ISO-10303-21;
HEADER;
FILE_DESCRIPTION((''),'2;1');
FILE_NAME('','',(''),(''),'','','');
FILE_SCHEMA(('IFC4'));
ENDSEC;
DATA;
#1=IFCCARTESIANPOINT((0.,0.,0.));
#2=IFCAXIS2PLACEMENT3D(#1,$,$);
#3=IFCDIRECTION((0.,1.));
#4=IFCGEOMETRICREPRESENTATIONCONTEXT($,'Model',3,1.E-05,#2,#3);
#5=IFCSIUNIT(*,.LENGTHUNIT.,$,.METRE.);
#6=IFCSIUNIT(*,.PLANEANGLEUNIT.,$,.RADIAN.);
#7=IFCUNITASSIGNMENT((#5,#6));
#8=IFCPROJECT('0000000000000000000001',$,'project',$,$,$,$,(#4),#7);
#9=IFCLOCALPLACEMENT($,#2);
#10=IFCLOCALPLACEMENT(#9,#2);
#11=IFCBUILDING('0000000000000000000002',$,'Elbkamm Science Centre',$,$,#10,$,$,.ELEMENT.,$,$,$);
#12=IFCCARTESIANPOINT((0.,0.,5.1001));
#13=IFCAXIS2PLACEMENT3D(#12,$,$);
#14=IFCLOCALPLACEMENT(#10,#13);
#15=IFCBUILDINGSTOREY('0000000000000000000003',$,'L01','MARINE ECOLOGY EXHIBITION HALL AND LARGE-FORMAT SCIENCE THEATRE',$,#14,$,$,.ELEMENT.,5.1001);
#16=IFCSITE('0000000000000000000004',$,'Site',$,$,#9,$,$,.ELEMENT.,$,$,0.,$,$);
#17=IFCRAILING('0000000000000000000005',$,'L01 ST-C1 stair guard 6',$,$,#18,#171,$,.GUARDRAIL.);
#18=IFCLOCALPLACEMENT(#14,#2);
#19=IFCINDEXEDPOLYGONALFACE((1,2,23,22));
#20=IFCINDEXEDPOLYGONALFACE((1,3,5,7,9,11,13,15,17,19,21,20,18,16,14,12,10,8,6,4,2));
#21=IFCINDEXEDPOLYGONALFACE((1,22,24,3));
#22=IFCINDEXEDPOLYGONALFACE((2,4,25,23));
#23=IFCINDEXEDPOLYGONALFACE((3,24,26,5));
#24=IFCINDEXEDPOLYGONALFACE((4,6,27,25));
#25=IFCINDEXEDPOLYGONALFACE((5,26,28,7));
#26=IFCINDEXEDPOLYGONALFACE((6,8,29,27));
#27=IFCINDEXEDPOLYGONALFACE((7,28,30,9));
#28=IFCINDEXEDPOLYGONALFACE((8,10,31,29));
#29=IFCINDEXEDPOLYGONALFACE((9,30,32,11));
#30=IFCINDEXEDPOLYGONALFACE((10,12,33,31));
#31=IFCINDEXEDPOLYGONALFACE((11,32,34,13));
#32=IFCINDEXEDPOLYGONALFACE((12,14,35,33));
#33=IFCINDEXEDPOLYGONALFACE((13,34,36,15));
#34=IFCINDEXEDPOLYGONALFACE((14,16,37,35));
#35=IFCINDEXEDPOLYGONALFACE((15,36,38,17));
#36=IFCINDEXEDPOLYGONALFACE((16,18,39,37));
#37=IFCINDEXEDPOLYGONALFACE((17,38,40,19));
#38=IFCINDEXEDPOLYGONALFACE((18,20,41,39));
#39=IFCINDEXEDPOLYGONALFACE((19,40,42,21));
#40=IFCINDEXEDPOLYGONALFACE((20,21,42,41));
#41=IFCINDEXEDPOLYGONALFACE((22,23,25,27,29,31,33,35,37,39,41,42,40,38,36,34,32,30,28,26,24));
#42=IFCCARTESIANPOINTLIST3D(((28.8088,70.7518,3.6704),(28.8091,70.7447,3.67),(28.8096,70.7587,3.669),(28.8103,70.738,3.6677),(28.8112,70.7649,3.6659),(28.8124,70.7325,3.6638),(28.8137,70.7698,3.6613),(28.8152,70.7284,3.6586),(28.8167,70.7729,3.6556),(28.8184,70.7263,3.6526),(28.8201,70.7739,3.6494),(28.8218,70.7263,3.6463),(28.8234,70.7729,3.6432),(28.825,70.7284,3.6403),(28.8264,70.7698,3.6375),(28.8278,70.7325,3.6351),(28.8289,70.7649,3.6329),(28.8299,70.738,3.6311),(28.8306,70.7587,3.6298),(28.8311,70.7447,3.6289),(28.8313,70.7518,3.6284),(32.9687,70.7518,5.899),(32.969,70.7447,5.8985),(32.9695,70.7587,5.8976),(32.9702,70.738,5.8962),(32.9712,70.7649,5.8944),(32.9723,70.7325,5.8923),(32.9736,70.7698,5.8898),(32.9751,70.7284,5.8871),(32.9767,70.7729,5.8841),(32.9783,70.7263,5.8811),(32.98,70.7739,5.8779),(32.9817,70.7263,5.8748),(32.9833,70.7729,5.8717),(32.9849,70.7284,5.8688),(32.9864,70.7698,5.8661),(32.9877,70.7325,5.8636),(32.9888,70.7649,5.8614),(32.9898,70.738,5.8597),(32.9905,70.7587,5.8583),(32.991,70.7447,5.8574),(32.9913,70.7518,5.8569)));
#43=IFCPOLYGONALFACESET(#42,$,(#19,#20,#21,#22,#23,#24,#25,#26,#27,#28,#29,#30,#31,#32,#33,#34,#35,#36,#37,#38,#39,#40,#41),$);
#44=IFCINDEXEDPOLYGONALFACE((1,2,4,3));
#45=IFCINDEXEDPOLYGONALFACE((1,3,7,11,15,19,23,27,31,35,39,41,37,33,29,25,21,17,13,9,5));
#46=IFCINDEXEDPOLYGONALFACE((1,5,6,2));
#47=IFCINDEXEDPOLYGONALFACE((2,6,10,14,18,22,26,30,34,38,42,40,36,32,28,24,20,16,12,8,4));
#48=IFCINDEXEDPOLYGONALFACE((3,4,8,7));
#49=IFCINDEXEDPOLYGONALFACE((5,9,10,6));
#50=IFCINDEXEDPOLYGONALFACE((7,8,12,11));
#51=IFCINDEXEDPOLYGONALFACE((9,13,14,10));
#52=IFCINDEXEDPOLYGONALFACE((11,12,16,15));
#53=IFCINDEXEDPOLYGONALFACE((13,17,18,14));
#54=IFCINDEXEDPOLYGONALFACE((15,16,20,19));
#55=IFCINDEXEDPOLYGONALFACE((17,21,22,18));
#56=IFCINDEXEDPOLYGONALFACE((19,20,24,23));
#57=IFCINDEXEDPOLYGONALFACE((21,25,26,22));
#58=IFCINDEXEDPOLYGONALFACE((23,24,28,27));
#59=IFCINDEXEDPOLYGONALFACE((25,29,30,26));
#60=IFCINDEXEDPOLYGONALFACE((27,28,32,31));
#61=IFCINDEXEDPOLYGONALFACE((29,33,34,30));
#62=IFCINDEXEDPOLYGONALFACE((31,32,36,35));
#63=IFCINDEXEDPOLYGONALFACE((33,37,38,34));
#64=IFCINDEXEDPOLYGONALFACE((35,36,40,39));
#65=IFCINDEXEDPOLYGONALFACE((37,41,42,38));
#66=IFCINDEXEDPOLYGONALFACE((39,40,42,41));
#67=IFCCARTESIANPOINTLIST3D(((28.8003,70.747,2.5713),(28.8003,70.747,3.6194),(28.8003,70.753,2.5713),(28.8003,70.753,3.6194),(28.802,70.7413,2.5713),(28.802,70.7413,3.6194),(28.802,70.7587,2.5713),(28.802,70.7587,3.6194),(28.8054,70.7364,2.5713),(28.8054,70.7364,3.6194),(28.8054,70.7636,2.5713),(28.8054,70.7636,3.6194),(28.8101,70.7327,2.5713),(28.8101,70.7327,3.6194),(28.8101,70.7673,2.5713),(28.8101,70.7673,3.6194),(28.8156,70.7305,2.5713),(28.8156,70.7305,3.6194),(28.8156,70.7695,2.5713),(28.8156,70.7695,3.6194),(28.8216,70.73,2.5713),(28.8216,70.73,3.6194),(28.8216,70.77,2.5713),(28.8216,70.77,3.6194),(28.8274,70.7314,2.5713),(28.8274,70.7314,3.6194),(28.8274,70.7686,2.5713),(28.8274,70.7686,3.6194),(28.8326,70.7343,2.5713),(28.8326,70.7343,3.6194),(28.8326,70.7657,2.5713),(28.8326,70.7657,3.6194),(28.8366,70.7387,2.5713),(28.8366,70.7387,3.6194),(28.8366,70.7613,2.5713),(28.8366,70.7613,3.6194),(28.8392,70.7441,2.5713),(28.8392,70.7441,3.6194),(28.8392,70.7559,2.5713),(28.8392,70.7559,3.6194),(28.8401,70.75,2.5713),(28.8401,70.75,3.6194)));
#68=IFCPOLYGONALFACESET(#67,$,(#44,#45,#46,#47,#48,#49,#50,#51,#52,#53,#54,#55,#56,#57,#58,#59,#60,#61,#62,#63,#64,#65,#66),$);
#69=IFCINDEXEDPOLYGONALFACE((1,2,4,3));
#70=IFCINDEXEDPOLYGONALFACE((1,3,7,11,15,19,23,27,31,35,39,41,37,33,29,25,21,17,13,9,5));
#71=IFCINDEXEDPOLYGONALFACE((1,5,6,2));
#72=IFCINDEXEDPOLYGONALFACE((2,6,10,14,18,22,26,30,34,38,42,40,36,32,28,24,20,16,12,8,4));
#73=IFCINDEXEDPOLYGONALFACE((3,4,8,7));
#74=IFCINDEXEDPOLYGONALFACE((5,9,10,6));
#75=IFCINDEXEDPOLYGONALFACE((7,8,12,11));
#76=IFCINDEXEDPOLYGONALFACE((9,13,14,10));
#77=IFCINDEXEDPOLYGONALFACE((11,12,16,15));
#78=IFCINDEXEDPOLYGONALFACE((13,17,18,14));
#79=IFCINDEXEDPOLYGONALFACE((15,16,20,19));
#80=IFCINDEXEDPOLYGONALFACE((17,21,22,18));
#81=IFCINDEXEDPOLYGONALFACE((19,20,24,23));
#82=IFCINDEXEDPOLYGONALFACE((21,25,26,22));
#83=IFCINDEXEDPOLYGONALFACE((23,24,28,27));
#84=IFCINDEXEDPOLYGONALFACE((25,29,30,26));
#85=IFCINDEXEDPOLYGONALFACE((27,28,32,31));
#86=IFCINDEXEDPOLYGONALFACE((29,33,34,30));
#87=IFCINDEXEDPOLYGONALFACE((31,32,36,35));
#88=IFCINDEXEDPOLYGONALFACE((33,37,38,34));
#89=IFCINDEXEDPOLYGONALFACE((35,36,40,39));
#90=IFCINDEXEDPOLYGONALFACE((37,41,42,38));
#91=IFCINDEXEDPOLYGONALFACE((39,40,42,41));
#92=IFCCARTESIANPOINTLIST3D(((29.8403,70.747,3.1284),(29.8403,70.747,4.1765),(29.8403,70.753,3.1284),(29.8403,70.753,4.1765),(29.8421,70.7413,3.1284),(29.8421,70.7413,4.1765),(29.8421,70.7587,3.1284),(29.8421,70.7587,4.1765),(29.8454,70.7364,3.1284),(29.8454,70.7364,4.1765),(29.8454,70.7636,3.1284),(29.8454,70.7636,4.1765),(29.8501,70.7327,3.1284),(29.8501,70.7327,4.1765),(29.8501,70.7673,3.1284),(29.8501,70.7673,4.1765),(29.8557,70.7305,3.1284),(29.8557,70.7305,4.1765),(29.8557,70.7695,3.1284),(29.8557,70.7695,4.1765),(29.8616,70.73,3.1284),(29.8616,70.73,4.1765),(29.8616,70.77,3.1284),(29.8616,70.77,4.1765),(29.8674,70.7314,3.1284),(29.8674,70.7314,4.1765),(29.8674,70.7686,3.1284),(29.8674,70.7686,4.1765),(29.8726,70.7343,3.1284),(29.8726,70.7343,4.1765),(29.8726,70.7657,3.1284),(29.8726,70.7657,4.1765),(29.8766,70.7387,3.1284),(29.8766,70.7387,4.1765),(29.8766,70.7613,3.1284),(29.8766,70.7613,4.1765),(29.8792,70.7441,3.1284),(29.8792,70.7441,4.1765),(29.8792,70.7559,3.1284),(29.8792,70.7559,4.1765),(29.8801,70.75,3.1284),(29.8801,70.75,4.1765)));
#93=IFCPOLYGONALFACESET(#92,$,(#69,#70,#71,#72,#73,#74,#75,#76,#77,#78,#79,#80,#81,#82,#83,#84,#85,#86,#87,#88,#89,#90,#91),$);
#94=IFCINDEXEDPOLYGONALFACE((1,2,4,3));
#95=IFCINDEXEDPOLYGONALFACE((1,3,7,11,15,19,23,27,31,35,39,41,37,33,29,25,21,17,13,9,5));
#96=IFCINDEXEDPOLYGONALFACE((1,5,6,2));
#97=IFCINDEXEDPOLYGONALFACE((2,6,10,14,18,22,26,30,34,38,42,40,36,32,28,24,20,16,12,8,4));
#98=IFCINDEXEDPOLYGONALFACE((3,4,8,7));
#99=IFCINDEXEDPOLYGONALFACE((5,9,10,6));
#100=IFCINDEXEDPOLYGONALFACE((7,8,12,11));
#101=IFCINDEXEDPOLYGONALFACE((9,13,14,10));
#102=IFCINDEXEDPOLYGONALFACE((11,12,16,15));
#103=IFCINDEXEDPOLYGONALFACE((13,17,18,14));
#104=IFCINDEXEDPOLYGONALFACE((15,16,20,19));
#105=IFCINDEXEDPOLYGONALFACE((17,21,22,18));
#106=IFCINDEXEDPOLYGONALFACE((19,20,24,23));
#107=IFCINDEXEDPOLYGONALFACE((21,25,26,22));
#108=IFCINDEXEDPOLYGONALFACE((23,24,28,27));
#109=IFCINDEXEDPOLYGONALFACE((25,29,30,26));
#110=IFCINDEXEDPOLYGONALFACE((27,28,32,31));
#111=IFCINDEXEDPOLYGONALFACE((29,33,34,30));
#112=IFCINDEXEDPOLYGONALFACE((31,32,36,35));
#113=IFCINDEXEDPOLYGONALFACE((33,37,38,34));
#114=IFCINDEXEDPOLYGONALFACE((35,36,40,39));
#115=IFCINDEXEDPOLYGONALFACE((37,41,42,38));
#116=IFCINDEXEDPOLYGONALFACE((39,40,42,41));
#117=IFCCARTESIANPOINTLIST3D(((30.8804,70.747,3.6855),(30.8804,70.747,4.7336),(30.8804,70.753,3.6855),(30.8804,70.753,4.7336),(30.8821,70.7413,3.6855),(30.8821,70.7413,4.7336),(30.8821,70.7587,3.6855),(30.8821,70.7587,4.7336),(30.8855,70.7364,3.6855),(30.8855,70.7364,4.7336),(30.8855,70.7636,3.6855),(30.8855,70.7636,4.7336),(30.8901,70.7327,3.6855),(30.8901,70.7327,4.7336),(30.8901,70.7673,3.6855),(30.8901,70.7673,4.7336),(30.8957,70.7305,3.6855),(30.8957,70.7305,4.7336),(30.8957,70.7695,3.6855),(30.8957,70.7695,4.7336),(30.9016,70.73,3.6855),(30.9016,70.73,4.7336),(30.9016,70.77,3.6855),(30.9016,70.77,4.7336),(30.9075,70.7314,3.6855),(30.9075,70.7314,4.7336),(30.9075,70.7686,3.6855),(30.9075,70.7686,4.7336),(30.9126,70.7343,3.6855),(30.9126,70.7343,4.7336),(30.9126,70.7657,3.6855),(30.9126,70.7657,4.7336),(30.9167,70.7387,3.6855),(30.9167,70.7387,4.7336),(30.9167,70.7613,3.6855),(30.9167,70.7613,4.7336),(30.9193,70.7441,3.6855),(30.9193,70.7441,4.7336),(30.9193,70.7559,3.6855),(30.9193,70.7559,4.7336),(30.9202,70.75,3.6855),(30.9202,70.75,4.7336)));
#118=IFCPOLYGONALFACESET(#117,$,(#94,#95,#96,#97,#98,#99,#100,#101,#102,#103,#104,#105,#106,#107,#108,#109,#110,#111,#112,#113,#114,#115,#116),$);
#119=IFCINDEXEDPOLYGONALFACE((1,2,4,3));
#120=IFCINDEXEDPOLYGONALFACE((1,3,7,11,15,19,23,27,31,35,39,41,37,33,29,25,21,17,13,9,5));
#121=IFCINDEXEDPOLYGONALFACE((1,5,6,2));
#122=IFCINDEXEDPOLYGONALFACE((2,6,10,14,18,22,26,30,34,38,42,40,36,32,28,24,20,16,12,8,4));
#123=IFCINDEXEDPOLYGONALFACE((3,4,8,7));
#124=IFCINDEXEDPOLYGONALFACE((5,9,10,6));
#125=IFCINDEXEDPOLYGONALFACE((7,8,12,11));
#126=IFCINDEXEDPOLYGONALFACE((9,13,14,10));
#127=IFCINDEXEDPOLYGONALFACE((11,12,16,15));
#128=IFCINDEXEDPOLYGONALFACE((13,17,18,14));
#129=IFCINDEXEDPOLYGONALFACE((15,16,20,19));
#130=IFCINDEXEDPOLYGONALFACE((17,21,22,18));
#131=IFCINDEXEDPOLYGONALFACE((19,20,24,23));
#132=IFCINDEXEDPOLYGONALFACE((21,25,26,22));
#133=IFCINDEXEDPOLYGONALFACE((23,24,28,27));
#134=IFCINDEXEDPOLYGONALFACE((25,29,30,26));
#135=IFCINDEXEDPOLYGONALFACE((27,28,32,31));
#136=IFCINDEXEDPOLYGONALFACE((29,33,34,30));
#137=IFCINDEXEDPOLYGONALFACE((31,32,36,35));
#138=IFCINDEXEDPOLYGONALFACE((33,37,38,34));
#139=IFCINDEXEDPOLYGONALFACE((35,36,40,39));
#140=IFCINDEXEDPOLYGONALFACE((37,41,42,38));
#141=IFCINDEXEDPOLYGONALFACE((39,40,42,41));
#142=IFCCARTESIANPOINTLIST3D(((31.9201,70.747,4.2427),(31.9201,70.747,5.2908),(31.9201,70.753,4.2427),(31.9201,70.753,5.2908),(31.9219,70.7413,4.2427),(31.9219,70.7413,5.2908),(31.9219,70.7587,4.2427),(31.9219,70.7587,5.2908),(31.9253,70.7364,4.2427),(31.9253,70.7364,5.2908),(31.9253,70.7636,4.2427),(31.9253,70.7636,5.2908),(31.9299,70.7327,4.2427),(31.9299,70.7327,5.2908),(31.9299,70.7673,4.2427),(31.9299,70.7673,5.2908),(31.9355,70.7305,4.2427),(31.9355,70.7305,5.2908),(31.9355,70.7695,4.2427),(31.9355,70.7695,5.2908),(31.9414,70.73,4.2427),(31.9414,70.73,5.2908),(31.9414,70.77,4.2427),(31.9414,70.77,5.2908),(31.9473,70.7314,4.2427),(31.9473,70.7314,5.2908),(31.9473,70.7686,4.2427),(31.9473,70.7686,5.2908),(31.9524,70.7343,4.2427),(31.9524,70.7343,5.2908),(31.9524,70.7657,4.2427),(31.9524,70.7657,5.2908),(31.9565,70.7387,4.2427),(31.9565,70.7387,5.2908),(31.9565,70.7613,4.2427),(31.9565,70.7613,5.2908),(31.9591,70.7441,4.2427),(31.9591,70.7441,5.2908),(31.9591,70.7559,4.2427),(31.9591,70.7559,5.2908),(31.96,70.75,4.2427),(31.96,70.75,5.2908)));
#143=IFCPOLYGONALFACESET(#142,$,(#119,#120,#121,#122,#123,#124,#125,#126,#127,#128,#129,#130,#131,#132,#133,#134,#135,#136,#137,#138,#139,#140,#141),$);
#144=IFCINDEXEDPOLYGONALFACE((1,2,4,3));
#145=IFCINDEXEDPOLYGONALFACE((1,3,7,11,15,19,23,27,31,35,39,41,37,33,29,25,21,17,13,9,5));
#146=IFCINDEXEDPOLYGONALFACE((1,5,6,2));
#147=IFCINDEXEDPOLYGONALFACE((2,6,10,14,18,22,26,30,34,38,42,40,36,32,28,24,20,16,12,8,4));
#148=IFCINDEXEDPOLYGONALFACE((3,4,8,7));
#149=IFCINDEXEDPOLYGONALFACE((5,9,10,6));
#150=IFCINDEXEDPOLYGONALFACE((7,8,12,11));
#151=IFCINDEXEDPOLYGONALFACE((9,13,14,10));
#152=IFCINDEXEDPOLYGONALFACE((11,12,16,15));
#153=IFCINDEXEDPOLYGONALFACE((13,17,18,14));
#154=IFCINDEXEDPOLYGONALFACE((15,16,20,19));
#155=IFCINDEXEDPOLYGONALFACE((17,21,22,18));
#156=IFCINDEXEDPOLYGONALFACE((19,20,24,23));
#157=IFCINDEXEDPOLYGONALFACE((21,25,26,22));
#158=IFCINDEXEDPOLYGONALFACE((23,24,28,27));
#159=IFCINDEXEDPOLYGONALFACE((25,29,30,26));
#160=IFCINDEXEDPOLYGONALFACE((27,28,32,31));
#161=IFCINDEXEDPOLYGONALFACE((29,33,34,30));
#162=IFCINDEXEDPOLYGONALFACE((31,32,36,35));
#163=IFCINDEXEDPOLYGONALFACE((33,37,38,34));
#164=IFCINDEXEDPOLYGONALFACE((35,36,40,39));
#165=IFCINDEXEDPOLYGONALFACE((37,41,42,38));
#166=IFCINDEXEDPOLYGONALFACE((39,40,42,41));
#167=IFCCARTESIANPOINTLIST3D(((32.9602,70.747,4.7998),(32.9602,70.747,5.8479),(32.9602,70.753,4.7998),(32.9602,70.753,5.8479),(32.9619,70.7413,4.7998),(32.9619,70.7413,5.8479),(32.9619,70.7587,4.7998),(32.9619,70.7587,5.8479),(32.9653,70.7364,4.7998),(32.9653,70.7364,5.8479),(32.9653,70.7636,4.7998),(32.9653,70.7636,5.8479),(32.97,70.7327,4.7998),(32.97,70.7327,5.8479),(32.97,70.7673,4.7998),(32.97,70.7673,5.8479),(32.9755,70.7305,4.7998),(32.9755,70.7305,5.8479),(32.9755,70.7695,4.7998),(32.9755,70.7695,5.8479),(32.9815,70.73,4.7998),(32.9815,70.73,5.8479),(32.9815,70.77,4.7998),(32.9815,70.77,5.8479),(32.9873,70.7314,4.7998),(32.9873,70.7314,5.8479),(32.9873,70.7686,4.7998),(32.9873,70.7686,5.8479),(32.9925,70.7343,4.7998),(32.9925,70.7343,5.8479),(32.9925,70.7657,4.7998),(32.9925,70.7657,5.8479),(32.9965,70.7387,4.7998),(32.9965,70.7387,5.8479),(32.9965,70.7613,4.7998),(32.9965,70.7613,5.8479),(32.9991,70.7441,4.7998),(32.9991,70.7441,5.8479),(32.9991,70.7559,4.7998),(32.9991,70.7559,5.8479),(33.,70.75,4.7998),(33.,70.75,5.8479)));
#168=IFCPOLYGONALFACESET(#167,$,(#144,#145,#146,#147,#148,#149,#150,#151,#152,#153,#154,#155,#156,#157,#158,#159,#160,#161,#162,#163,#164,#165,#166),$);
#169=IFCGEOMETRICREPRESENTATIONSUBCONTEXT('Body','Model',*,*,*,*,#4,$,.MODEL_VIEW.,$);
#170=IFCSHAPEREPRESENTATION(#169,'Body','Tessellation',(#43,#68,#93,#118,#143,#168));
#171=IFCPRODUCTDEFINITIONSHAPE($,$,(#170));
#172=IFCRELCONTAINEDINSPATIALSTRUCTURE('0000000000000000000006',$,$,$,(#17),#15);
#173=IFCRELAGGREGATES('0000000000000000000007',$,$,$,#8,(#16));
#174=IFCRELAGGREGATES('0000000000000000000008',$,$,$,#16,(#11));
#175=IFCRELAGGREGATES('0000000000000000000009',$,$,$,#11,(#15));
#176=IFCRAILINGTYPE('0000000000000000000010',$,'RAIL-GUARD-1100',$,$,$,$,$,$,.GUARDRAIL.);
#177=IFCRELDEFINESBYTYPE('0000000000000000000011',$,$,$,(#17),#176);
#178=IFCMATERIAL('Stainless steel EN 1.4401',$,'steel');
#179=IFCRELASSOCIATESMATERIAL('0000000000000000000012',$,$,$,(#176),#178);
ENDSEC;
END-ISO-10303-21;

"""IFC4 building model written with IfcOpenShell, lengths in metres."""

from ifc_helpers import new_model, si_unit, direction, frame, origin, origin_2d, place, context, subcontext, project, spatial, circle, extrude, material, type_object, element, save


model = new_model("IFC4")

# Units and contexts
model_context = context("Model", 3, precision=1e-05, world=origin(), true_north=direction((0.0, 1.0)))
body_context = subcontext(model_context, "Body", "Model", "MODEL_VIEW")
ifc_project = project(units=[si_unit("LENGTHUNIT", "METRE"), si_unit("PLANEANGLEUNIT", "RADIAN")], contexts=[model_context])

# Site, building, storey
site_placement = place(None, origin())
site = spatial("IfcSite", under=ifc_project, at=site_placement, Name="Site", CompositionType="ELEMENT", RefElevation=0.0)
building_placement = place(site_placement, origin())
building = spatial("IfcBuilding", under=site, at=building_placement, Name="Elbkamm Science Centre", CompositionType="ELEMENT")
storey_placement = place(building_placement, frame((0.0, 0.0, 5.1001)))
storey = spatial("IfcBuildingStorey", under=building, at=storey_placement, Name="L01", Description="MARINE ECOLOGY EXHIBITION HALL AND LARGE-FORMAT SCIENCE THEATRE", CompositionType="ELEMENT", Elevation=5.1001)

# Railing
ifc_material_1 = material(Name="Stainless steel EN 1.4401", Category="steel")
railing_type_1 = type_object("IfcRailingType", Name="RAIL-GUARD-1100", PredefinedType="GUARDRAIL", material=ifc_material_1)
railing_1_placement = place(storey_placement, frame((28.8201, 70.75, 2.5713)))
element("IfcRailing", 1, at=railing_1_placement, inside=storey, type_object=railing_type_1, Name="L01 ST-C1 stair guard 6", PredefinedType="GUARDRAIL", context=body_context, shape_type="SweptSolid", body=[
    extrude(circle(Radius=0.0239, at=origin_2d()), frame((0.0, 0.0, 1.0781), z_axis=(0.881481, 0.0, 0.47222), x_axis=(0.0, 1.0, 0.0)), (0.0, 0.0, 1.0), 4.7192),
    extrude(circle(Radius=0.02, at=origin_2d()), origin(), (0.0, 0.0, 1.0), 1.0481),
    extrude(circle(Radius=0.02, at=origin_2d()), frame((1.04, 0.0, 0.5571)), (0.0, 0.0, 1.0), 1.0481),
    extrude(circle(Radius=0.02, at=origin_2d()), frame((2.0801, 0.0, 1.1143)), (0.0, 0.0, 1.0), 1.0481),
    extrude(circle(Radius=0.02, at=origin_2d()), frame((3.1199, 0.0, 1.6714)), (0.0, 0.0, 1.0), 1.0481),
    extrude(circle(Radius=0.02, at=origin_2d()), frame((4.1599, 0.0, 2.2285)), (0.0, 0.0, 1.0), 1.0481),
])

save(model, "model.ifc")
